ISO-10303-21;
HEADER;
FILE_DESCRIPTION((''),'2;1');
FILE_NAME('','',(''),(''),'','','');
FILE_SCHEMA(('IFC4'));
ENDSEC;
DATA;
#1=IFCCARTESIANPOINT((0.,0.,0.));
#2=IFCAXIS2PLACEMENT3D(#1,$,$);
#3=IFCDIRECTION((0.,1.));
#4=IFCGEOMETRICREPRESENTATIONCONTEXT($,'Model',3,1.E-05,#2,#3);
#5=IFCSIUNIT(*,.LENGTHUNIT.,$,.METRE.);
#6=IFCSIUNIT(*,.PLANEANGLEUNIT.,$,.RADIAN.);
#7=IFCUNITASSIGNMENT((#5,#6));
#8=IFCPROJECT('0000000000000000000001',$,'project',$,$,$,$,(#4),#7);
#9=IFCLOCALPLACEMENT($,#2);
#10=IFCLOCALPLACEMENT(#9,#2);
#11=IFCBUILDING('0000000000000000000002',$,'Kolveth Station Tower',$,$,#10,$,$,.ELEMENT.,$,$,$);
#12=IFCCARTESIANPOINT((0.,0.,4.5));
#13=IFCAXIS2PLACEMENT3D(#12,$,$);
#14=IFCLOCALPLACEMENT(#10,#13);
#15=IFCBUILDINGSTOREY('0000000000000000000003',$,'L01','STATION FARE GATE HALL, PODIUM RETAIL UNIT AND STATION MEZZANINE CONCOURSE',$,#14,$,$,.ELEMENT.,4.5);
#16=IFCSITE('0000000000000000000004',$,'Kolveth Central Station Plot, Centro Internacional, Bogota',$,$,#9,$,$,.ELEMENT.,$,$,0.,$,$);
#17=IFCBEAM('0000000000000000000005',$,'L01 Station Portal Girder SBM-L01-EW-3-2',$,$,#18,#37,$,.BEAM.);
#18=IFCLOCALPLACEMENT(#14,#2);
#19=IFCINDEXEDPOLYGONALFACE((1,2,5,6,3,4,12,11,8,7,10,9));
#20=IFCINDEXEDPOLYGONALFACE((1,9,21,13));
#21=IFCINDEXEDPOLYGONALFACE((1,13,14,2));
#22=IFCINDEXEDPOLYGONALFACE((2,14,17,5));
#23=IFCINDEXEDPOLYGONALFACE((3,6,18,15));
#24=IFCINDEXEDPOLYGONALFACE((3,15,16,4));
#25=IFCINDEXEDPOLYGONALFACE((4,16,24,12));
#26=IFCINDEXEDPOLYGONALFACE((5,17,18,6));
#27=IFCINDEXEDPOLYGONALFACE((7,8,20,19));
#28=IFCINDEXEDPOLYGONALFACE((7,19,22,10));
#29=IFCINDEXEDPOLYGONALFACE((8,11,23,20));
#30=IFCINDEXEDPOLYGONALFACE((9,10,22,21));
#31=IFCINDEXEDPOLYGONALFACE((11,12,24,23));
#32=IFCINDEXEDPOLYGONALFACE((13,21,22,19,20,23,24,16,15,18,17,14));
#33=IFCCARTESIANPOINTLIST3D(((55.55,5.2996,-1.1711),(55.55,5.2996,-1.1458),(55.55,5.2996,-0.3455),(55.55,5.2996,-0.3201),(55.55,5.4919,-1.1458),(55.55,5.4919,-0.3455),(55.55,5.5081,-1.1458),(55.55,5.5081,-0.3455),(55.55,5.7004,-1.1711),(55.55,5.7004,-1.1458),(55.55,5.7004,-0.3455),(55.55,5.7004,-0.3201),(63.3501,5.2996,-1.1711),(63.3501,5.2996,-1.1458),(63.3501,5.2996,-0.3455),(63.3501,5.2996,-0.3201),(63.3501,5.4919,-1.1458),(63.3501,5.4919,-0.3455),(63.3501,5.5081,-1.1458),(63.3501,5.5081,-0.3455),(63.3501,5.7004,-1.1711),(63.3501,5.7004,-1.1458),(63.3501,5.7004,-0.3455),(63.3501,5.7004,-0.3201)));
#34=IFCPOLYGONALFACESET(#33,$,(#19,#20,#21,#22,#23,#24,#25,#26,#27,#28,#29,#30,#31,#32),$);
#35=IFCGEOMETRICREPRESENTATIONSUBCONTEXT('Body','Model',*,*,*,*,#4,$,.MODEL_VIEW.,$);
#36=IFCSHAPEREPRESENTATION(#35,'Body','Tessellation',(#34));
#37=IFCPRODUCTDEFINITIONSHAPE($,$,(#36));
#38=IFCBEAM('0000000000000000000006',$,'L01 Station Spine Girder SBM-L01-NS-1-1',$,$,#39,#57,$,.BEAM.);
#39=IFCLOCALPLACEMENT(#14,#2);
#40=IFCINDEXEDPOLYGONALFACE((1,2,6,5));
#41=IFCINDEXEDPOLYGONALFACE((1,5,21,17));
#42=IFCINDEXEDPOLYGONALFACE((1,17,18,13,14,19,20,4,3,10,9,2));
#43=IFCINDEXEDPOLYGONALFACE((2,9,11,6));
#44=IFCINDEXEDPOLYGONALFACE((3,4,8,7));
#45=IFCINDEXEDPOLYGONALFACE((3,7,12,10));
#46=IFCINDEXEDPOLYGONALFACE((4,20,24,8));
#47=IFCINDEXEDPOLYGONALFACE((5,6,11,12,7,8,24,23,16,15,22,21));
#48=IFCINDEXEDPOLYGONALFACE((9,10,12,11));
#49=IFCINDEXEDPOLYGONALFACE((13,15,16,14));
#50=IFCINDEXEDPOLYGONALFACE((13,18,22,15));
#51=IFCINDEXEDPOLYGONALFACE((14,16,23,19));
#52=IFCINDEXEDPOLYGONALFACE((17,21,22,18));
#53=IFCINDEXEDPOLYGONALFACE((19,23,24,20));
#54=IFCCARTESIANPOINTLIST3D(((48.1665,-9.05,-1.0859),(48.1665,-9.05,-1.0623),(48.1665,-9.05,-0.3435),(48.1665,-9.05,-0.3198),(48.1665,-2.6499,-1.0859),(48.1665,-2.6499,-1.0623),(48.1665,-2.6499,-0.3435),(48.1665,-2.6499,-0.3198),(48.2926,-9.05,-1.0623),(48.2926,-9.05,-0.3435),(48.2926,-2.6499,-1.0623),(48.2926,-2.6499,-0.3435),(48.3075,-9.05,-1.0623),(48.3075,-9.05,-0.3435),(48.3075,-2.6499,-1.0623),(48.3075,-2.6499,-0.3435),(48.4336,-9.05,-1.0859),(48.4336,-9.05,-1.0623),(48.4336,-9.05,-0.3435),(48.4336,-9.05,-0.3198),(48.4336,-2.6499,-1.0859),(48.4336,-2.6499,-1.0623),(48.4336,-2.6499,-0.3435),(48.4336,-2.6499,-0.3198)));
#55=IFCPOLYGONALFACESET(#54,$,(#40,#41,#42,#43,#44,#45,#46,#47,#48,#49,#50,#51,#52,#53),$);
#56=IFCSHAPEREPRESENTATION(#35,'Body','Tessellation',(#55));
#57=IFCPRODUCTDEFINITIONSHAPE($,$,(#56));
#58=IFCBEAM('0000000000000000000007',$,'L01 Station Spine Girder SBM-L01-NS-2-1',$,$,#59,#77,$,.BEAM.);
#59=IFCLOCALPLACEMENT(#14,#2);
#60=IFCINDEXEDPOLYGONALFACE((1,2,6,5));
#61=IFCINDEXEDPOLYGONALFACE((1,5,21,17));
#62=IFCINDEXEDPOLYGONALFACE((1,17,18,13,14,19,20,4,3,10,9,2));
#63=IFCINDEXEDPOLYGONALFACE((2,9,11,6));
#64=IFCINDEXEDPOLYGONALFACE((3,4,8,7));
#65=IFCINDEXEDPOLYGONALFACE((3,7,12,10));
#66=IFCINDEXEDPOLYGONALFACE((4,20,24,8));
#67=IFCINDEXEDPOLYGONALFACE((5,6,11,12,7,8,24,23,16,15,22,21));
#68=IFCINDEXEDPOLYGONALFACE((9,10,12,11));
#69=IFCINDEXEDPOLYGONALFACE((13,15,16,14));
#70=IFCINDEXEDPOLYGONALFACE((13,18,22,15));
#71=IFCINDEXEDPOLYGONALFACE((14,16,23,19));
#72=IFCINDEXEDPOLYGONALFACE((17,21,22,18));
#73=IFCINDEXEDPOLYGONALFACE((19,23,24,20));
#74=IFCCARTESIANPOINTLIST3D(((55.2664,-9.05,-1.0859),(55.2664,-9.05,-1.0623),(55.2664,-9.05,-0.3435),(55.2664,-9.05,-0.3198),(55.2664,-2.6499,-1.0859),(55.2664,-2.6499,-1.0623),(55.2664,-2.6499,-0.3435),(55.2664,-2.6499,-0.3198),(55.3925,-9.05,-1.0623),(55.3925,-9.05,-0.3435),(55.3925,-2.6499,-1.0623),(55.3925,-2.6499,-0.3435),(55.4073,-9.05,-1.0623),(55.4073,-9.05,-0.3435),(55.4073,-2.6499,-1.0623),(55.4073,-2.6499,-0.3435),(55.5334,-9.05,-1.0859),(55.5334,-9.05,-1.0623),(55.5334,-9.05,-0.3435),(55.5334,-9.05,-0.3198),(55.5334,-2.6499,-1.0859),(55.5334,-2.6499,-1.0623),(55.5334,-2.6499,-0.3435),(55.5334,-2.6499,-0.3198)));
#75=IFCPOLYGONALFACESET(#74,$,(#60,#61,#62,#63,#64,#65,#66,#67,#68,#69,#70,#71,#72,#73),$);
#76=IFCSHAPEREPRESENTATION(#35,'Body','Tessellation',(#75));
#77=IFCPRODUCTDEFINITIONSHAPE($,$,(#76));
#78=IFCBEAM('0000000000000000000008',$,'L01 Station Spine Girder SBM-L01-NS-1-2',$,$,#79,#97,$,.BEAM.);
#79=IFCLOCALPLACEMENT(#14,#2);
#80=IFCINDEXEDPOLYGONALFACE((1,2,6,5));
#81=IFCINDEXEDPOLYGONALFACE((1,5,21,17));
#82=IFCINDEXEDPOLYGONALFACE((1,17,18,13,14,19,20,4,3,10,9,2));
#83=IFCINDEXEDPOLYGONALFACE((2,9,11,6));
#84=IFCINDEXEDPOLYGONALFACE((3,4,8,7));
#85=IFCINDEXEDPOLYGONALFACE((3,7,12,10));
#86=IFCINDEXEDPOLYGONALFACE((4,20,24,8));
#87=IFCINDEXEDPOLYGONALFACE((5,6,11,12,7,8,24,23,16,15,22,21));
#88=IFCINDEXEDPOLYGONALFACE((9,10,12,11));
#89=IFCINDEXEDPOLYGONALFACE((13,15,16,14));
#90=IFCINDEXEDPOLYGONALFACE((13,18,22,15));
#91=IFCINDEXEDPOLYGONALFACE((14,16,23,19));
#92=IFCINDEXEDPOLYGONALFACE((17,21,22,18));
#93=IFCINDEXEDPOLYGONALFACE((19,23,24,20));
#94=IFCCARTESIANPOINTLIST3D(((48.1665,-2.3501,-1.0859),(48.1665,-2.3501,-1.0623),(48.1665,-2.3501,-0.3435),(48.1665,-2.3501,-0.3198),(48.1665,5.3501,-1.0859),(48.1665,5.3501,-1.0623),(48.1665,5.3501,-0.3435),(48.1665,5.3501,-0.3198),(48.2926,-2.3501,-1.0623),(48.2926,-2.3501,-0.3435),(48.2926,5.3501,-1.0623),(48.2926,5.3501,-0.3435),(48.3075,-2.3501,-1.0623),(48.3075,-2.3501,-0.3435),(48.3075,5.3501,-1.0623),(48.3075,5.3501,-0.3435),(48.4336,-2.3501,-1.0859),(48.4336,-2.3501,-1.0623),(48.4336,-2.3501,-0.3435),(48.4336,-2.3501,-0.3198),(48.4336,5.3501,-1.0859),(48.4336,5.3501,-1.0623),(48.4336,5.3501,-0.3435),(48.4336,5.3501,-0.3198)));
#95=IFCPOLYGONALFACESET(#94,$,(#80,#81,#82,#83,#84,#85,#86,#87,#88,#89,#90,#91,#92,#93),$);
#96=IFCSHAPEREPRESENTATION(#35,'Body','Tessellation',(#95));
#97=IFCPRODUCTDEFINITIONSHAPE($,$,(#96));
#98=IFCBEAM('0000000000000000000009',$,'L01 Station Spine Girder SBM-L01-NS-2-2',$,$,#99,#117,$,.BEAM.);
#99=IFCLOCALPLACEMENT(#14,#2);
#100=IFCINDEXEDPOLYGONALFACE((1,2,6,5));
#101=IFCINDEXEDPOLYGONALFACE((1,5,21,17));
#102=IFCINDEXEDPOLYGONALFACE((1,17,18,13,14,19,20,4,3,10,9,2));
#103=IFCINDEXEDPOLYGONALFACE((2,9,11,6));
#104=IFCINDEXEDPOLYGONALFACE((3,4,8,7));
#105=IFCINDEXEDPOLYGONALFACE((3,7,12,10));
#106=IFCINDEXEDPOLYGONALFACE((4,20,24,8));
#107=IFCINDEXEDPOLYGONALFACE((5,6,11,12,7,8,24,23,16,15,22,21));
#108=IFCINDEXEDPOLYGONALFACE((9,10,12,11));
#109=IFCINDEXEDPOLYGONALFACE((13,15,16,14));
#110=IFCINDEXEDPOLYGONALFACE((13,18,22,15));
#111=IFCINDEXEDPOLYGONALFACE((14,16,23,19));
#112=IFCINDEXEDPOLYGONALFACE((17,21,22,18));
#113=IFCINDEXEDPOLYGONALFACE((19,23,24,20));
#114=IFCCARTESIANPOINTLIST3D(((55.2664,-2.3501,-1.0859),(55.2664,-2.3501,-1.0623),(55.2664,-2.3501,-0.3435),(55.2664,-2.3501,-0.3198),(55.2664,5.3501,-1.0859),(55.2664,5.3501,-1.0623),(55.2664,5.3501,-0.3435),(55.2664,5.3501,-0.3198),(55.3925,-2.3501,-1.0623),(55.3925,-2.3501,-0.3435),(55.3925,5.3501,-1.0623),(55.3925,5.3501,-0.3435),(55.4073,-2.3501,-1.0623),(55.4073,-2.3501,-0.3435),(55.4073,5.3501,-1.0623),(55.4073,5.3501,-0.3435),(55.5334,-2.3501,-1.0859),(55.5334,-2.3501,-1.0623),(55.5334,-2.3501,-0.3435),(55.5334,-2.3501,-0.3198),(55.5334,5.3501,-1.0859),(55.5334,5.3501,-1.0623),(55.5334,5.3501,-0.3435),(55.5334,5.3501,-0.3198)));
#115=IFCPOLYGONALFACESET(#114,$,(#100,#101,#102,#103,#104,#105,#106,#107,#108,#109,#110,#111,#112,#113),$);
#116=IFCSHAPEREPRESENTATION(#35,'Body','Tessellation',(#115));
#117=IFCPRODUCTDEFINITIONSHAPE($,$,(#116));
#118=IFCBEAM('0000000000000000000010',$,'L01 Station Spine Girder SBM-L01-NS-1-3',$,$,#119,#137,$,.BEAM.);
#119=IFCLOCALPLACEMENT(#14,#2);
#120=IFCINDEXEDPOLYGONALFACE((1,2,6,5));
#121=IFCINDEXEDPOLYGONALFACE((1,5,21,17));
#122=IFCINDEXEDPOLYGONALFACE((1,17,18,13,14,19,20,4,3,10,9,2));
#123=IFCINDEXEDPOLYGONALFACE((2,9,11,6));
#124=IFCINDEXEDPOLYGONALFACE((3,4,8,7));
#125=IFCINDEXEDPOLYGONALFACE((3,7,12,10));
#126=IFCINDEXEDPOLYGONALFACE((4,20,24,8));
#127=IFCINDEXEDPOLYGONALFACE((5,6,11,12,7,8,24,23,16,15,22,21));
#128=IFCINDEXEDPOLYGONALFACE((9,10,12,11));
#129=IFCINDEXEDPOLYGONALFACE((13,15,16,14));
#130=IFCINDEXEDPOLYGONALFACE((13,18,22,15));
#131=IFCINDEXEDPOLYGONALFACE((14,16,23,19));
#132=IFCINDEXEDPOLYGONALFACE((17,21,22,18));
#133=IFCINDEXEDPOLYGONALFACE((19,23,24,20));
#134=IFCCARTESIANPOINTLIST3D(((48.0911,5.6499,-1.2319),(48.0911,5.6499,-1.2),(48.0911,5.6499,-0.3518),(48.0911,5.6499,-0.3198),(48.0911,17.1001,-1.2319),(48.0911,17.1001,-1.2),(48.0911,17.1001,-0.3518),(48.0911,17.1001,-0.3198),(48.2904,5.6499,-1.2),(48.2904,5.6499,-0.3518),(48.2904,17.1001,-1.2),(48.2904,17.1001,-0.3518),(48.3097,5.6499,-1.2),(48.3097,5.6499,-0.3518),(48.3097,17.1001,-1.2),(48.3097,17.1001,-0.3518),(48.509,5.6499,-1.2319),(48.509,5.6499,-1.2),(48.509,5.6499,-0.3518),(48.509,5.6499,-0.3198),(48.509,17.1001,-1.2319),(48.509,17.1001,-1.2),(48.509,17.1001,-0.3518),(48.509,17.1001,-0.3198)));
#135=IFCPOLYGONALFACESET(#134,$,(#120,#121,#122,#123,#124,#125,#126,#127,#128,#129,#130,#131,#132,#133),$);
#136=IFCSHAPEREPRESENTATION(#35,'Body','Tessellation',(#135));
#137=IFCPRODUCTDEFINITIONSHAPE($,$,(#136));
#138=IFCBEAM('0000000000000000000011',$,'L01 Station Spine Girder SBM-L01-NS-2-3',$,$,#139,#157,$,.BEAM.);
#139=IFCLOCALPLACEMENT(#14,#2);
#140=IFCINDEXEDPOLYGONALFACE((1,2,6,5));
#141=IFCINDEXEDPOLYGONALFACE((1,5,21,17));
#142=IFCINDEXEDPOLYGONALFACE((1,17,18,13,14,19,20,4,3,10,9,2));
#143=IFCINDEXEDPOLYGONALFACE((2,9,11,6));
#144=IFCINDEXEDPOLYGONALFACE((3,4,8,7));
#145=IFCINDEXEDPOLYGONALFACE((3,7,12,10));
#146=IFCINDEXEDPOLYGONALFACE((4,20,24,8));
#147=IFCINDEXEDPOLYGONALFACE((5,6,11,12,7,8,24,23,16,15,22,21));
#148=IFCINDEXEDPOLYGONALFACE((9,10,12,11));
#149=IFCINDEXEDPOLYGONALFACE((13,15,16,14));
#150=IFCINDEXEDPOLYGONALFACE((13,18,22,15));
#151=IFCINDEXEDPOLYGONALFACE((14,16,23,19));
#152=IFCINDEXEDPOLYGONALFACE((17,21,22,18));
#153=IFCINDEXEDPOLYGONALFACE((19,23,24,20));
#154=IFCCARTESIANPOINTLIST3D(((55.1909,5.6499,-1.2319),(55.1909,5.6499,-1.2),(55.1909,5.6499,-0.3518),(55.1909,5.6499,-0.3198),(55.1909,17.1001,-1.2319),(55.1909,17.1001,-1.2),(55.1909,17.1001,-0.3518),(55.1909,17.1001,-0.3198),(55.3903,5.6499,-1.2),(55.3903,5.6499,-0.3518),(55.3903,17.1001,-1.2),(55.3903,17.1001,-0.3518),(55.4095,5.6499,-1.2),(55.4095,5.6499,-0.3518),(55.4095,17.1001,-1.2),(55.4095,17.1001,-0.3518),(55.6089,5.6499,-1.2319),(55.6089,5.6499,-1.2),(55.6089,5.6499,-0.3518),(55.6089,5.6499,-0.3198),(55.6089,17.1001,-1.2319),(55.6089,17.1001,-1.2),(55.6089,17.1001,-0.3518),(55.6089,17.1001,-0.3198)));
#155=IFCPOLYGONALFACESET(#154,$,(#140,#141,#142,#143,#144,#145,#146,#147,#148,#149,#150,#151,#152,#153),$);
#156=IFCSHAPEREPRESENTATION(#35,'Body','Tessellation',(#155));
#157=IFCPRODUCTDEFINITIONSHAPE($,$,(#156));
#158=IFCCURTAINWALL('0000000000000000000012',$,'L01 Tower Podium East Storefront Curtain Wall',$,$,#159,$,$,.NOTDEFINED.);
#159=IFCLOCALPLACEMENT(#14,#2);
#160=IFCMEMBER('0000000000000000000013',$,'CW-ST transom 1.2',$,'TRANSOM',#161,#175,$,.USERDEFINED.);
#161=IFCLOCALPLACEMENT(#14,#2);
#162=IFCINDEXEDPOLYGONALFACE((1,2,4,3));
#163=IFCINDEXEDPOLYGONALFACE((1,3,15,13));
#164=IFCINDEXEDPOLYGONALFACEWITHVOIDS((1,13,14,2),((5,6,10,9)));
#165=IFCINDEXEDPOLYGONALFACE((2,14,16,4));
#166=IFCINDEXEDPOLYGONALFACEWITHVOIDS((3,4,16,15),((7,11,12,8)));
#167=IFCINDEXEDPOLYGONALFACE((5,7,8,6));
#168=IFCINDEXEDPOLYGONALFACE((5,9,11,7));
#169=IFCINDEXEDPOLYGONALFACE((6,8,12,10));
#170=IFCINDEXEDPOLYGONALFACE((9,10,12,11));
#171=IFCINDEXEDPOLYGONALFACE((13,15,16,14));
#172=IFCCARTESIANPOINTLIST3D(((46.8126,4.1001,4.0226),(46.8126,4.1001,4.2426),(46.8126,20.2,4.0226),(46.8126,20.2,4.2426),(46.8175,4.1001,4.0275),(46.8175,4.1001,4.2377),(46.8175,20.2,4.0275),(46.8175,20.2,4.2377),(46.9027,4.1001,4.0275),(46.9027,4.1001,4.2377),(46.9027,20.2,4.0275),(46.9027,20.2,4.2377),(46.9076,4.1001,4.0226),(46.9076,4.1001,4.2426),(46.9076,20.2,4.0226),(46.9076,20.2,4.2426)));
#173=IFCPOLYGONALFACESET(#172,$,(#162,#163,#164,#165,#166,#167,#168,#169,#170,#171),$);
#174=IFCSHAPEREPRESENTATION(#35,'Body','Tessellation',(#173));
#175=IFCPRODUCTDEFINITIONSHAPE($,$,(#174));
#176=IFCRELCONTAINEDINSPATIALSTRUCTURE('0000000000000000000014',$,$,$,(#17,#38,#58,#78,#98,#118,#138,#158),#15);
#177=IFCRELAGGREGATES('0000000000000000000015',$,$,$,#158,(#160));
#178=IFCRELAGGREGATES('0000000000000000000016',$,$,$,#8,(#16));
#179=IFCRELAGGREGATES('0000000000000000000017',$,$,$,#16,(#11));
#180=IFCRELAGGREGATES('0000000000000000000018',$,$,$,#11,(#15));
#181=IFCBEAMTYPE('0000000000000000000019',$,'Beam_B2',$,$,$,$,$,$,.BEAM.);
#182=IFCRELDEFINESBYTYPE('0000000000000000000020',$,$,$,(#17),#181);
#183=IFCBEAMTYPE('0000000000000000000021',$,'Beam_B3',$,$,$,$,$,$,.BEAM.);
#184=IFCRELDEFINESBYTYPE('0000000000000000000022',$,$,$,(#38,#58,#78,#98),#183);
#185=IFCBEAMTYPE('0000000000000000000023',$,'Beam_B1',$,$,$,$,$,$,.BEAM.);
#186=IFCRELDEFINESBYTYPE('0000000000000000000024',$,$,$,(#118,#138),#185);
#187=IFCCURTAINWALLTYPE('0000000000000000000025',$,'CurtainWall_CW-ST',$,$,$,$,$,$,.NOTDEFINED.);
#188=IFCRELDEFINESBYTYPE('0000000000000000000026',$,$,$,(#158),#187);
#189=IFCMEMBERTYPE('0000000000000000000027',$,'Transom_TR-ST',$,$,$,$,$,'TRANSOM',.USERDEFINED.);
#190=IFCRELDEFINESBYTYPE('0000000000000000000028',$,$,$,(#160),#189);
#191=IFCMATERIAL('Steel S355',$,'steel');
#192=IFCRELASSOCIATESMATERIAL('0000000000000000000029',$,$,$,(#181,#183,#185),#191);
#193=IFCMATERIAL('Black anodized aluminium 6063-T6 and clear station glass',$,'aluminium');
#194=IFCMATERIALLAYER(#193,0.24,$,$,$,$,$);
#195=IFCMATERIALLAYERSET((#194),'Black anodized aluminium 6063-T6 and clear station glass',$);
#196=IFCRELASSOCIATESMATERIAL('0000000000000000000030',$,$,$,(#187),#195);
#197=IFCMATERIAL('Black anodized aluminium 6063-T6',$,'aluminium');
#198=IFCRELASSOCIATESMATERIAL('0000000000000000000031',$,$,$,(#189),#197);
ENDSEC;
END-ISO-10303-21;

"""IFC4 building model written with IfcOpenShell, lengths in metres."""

from ifc_helpers import new_model, si_unit, direction, frame, origin, origin_2d, place, context, subcontext, project, spatial, hollow_rectangle, i_section, extrude, source, transform, mapped, material, layer, layer_set, material_profile, profile_set, type_object, element, aggregate, save


model = new_model("IFC4")

# Units and contexts
model_context = context("Model", 3, precision=1e-05, world=origin(), true_north=direction((0.0, 1.0)))
body_context = subcontext(model_context, "Body", "Model", "MODEL_VIEW")
ifc_project = project(units=[si_unit("LENGTHUNIT", "METRE"), si_unit("PLANEANGLEUNIT", "RADIAN")], contexts=[model_context])

# Site, building, storey
site_placement = place(None, origin())
site = spatial("IfcSite", under=ifc_project, at=site_placement, Name="Kolveth Central Station Plot, Centro Internacional, Bogota", CompositionType="ELEMENT", RefElevation=0.0)
building_placement = place(site_placement, origin())
building = spatial("IfcBuilding", under=site, at=building_placement, Name="Kolveth Station Tower", CompositionType="ELEMENT")
storey_placement = place(building_placement, frame((0.0, 0.0, 4.5)))
storey = spatial("IfcBuildingStorey", under=building, at=storey_placement, Name="L01", Description="STATION FARE GATE HALL, PODIUM RETAIL UNIT AND STATION MEZZANINE CONCOURSE", CompositionType="ELEMENT", Elevation=4.5)

# Shared definitions
ifc_material_1 = material(Name="Steel S355", Category="steel")

# Beams
ifc_material_profile_1 = material_profile(ifc_material_1, i_section(OverallWidth=0.4009, OverallDepth=0.8511, WebThickness=0.0161, FlangeThickness=0.0254, at=origin_2d()), Name="W840x226")
ifc_profile_set_1 = profile_set([ifc_material_profile_1], Name="Steel S355")
beam_type_1 = type_object("IfcBeamType", Name="Beam_B2", PredefinedType="BEAM", material=ifc_profile_set_1)
shared_shape_1 = source(origin(), body_context, "Body", "SweptSolid", [
    extrude(i_section(OverallWidth=0.4009, OverallDepth=0.8511, WebThickness=0.0161, FlangeThickness=0.0254, at=origin_2d()), origin(), (0.0, 0.0, 1.0), 7.8),
])
for number, where, z_axis, x_axis, name in (
    (1, (55.55, 5.5, -0.7456), (1.0, 0.0, 0.0), (0.0, 1.0, 0.0), "L01 Station Portal Girder SBM-L01-EW-3-2"),
):
    element("IfcBeam", number, at=place(storey_placement, frame(where, z_axis=z_axis, x_axis=x_axis)), inside=storey, type_object=beam_type_1, Name=name, PredefinedType="BEAM", context=body_context, shape_type="MappedRepresentation", body=[
        mapped(shared_shape_1, transform((0.0, 0.0, 0.0), x_axis=(1.0, 0.0, 0.0), y_axis=(0.0, 1.0, 0.0), z_axis=(0.0, 0.0, 1.0), scale=1.0)),
    ])
ifc_material_profile_2 = material_profile(ifc_material_1, i_section(OverallWidth=0.2671, OverallDepth=0.7661, WebThickness=0.0149, FlangeThickness=0.0237, at=origin_2d()), Name="W760x185")
ifc_profile_set_2 = profile_set([ifc_material_profile_2], Name="Steel S355")
beam_type_2 = type_object("IfcBeamType", Name="Beam_B3", PredefinedType="BEAM", material=ifc_profile_set_2)
shared_shape_2 = source(origin(), body_context, "Body", "SweptSolid", [
    extrude(i_section(OverallWidth=0.2671, OverallDepth=0.7661, WebThickness=0.0149, FlangeThickness=0.0237, at=origin_2d()), origin(), (0.0, 0.0, 1.0), 6.4001),
])
for number, where, z_axis, x_axis, name in (
    (2, (48.3, -9.05, -0.7029), (0.0, 1.0, 0.0), (-1.0, 0.0, 0.0), "L01 Station Spine Girder SBM-L01-NS-1-1"),
    (3, (55.3999, -9.05, -0.7029), (0.0, 1.0, 0.0), (-1.0, 0.0, 0.0), "L01 Station Spine Girder SBM-L01-NS-2-1"),
):
    element("IfcBeam", number, at=place(storey_placement, frame(where, z_axis=z_axis, x_axis=x_axis)), inside=storey, type_object=beam_type_2, Name=name, PredefinedType="BEAM", context=body_context, shape_type="MappedRepresentation", body=[
        mapped(shared_shape_2, transform((0.0, 0.0, 0.0), x_axis=(1.0, 0.0, 0.0), y_axis=(0.0, 1.0, 0.0), z_axis=(0.0, 0.0, 1.0), scale=1.0)),
    ])
shared_shape_3 = source(origin(), body_context, "Body", "SweptSolid", [
    extrude(i_section(OverallWidth=0.2671, OverallDepth=0.7661, WebThickness=0.0149, FlangeThickness=0.0237, at=origin_2d()), origin(), (0.0, 0.0, 1.0), 7.7002),
])
for number, where, z_axis, x_axis, name in (
    (4, (48.3, -2.3501, -0.7029), (0.0, 1.0, 0.0), (-1.0, 0.0, 0.0), "L01 Station Spine Girder SBM-L01-NS-1-2"),
    (5, (55.3999, -2.3501, -0.7029), (0.0, 1.0, 0.0), (-1.0, 0.0, 0.0), "L01 Station Spine Girder SBM-L01-NS-2-2"),
):
    element("IfcBeam", number, at=place(storey_placement, frame(where, z_axis=z_axis, x_axis=x_axis)), inside=storey, type_object=beam_type_2, Name=name, PredefinedType="BEAM", context=body_context, shape_type="MappedRepresentation", body=[
        mapped(shared_shape_3, transform((0.0, 0.0, 0.0), x_axis=(1.0, 0.0, 0.0), y_axis=(0.0, 1.0, 0.0), z_axis=(0.0, 0.0, 1.0), scale=1.0)),
    ])
ifc_material_profile_3 = material_profile(ifc_material_1, i_section(OverallWidth=0.418, OverallDepth=0.9121, WebThickness=0.0193, FlangeThickness=0.032, at=origin_2d()), Name="W920x342")
ifc_profile_set_3 = profile_set([ifc_material_profile_3], Name="Steel S355")
beam_type_3 = type_object("IfcBeamType", Name="Beam_B1", PredefinedType="BEAM", material=ifc_profile_set_3)
shared_shape_4 = source(origin(), body_context, "Body", "SweptSolid", [
    extrude(i_section(OverallWidth=0.418, OverallDepth=0.9121, WebThickness=0.0193, FlangeThickness=0.032, at=origin_2d()), origin(), (0.0, 0.0, 1.0), 11.4502),
])
for number, where, z_axis, x_axis, name in (
    (6, (48.3, 5.6499, -0.7759), (0.0, 1.0, 0.0), (-1.0, 0.0, 0.0), "L01 Station Spine Girder SBM-L01-NS-1-3"),
    (7, (55.3999, 5.6499, -0.7759), (0.0, 1.0, 0.0), (-1.0, 0.0, 0.0), "L01 Station Spine Girder SBM-L01-NS-2-3"),
):
    element("IfcBeam", number, at=place(storey_placement, frame(where, z_axis=z_axis, x_axis=x_axis)), inside=storey, type_object=beam_type_3, Name=name, PredefinedType="BEAM", context=body_context, shape_type="MappedRepresentation", body=[
        mapped(shared_shape_4, transform((0.0, 0.0, 0.0), x_axis=(1.0, 0.0, 0.0), y_axis=(0.0, 1.0, 0.0), z_axis=(0.0, 0.0, 1.0), scale=1.0)),
    ])

# Curtain wall, member
ifc_material_2 = material(Name="Black anodized aluminium 6063-T6 and clear station glass", Category="aluminium")
ifc_layer_1 = layer(ifc_material_2, 0.24)
ifc_layer_set_1 = layer_set([ifc_layer_1], Name="Black anodized aluminium 6063-T6 and clear station glass")
curtain_wall_type = type_object("IfcCurtainWallType", Name="CurtainWall_CW-ST", PredefinedType="NOTDEFINED", material=ifc_layer_set_1)
curtain_wall_placement = place(storey_placement, origin())
curtain_wall = element("IfcCurtainWall", 8, at=curtain_wall_placement, inside=storey, type_object=curtain_wall_type, Name="L01 Tower Podium East Storefront Curtain Wall", PredefinedType="NOTDEFINED")
ifc_material_3 = material(Name="Black anodized aluminium 6063-T6", Category="aluminium")
ifc_material_profile_4 = material_profile(ifc_material_3, hollow_rectangle(XDim=0.095, YDim=0.22, WallThickness=0.0049, at=origin_2d()), Name="ALU-95x220x5")
ifc_profile_set_4 = profile_set([ifc_material_profile_4], Name="Black anodized aluminium 6063-T6")
member_type = type_object("IfcMemberType", Name="Transom_TR-ST", ElementType="TRANSOM", PredefinedType="USERDEFINED", material=ifc_profile_set_4)
shared_shape_5 = source(origin(), body_context, "Body", "SweptSolid", [
    extrude(hollow_rectangle(XDim=0.095, YDim=0.22, WallThickness=0.0049, at=origin_2d()), origin(), (0.0, 0.0, 1.0), 16.0999),
])
member_placement = place(storey_placement, frame((46.8601, 4.1001, 4.1326), z_axis=(0.0, 1.0, 0.0), x_axis=(-1.0, 0.0, 0.0)))
member = element("IfcMember", 9, at=member_placement, type_object=member_type, Name="CW-ST transom 1.2", ObjectType="TRANSOM", PredefinedType="USERDEFINED", context=body_context, shape_type="MappedRepresentation", body=[
    mapped(shared_shape_5, transform((0.0, 0.0, 0.0), x_axis=(1.0, 0.0, 0.0), y_axis=(0.0, 1.0, 0.0), z_axis=(0.0, 0.0, 1.0), scale=1.0)),
])
aggregate(curtain_wall, [member])

save(model, "model.ifc")
